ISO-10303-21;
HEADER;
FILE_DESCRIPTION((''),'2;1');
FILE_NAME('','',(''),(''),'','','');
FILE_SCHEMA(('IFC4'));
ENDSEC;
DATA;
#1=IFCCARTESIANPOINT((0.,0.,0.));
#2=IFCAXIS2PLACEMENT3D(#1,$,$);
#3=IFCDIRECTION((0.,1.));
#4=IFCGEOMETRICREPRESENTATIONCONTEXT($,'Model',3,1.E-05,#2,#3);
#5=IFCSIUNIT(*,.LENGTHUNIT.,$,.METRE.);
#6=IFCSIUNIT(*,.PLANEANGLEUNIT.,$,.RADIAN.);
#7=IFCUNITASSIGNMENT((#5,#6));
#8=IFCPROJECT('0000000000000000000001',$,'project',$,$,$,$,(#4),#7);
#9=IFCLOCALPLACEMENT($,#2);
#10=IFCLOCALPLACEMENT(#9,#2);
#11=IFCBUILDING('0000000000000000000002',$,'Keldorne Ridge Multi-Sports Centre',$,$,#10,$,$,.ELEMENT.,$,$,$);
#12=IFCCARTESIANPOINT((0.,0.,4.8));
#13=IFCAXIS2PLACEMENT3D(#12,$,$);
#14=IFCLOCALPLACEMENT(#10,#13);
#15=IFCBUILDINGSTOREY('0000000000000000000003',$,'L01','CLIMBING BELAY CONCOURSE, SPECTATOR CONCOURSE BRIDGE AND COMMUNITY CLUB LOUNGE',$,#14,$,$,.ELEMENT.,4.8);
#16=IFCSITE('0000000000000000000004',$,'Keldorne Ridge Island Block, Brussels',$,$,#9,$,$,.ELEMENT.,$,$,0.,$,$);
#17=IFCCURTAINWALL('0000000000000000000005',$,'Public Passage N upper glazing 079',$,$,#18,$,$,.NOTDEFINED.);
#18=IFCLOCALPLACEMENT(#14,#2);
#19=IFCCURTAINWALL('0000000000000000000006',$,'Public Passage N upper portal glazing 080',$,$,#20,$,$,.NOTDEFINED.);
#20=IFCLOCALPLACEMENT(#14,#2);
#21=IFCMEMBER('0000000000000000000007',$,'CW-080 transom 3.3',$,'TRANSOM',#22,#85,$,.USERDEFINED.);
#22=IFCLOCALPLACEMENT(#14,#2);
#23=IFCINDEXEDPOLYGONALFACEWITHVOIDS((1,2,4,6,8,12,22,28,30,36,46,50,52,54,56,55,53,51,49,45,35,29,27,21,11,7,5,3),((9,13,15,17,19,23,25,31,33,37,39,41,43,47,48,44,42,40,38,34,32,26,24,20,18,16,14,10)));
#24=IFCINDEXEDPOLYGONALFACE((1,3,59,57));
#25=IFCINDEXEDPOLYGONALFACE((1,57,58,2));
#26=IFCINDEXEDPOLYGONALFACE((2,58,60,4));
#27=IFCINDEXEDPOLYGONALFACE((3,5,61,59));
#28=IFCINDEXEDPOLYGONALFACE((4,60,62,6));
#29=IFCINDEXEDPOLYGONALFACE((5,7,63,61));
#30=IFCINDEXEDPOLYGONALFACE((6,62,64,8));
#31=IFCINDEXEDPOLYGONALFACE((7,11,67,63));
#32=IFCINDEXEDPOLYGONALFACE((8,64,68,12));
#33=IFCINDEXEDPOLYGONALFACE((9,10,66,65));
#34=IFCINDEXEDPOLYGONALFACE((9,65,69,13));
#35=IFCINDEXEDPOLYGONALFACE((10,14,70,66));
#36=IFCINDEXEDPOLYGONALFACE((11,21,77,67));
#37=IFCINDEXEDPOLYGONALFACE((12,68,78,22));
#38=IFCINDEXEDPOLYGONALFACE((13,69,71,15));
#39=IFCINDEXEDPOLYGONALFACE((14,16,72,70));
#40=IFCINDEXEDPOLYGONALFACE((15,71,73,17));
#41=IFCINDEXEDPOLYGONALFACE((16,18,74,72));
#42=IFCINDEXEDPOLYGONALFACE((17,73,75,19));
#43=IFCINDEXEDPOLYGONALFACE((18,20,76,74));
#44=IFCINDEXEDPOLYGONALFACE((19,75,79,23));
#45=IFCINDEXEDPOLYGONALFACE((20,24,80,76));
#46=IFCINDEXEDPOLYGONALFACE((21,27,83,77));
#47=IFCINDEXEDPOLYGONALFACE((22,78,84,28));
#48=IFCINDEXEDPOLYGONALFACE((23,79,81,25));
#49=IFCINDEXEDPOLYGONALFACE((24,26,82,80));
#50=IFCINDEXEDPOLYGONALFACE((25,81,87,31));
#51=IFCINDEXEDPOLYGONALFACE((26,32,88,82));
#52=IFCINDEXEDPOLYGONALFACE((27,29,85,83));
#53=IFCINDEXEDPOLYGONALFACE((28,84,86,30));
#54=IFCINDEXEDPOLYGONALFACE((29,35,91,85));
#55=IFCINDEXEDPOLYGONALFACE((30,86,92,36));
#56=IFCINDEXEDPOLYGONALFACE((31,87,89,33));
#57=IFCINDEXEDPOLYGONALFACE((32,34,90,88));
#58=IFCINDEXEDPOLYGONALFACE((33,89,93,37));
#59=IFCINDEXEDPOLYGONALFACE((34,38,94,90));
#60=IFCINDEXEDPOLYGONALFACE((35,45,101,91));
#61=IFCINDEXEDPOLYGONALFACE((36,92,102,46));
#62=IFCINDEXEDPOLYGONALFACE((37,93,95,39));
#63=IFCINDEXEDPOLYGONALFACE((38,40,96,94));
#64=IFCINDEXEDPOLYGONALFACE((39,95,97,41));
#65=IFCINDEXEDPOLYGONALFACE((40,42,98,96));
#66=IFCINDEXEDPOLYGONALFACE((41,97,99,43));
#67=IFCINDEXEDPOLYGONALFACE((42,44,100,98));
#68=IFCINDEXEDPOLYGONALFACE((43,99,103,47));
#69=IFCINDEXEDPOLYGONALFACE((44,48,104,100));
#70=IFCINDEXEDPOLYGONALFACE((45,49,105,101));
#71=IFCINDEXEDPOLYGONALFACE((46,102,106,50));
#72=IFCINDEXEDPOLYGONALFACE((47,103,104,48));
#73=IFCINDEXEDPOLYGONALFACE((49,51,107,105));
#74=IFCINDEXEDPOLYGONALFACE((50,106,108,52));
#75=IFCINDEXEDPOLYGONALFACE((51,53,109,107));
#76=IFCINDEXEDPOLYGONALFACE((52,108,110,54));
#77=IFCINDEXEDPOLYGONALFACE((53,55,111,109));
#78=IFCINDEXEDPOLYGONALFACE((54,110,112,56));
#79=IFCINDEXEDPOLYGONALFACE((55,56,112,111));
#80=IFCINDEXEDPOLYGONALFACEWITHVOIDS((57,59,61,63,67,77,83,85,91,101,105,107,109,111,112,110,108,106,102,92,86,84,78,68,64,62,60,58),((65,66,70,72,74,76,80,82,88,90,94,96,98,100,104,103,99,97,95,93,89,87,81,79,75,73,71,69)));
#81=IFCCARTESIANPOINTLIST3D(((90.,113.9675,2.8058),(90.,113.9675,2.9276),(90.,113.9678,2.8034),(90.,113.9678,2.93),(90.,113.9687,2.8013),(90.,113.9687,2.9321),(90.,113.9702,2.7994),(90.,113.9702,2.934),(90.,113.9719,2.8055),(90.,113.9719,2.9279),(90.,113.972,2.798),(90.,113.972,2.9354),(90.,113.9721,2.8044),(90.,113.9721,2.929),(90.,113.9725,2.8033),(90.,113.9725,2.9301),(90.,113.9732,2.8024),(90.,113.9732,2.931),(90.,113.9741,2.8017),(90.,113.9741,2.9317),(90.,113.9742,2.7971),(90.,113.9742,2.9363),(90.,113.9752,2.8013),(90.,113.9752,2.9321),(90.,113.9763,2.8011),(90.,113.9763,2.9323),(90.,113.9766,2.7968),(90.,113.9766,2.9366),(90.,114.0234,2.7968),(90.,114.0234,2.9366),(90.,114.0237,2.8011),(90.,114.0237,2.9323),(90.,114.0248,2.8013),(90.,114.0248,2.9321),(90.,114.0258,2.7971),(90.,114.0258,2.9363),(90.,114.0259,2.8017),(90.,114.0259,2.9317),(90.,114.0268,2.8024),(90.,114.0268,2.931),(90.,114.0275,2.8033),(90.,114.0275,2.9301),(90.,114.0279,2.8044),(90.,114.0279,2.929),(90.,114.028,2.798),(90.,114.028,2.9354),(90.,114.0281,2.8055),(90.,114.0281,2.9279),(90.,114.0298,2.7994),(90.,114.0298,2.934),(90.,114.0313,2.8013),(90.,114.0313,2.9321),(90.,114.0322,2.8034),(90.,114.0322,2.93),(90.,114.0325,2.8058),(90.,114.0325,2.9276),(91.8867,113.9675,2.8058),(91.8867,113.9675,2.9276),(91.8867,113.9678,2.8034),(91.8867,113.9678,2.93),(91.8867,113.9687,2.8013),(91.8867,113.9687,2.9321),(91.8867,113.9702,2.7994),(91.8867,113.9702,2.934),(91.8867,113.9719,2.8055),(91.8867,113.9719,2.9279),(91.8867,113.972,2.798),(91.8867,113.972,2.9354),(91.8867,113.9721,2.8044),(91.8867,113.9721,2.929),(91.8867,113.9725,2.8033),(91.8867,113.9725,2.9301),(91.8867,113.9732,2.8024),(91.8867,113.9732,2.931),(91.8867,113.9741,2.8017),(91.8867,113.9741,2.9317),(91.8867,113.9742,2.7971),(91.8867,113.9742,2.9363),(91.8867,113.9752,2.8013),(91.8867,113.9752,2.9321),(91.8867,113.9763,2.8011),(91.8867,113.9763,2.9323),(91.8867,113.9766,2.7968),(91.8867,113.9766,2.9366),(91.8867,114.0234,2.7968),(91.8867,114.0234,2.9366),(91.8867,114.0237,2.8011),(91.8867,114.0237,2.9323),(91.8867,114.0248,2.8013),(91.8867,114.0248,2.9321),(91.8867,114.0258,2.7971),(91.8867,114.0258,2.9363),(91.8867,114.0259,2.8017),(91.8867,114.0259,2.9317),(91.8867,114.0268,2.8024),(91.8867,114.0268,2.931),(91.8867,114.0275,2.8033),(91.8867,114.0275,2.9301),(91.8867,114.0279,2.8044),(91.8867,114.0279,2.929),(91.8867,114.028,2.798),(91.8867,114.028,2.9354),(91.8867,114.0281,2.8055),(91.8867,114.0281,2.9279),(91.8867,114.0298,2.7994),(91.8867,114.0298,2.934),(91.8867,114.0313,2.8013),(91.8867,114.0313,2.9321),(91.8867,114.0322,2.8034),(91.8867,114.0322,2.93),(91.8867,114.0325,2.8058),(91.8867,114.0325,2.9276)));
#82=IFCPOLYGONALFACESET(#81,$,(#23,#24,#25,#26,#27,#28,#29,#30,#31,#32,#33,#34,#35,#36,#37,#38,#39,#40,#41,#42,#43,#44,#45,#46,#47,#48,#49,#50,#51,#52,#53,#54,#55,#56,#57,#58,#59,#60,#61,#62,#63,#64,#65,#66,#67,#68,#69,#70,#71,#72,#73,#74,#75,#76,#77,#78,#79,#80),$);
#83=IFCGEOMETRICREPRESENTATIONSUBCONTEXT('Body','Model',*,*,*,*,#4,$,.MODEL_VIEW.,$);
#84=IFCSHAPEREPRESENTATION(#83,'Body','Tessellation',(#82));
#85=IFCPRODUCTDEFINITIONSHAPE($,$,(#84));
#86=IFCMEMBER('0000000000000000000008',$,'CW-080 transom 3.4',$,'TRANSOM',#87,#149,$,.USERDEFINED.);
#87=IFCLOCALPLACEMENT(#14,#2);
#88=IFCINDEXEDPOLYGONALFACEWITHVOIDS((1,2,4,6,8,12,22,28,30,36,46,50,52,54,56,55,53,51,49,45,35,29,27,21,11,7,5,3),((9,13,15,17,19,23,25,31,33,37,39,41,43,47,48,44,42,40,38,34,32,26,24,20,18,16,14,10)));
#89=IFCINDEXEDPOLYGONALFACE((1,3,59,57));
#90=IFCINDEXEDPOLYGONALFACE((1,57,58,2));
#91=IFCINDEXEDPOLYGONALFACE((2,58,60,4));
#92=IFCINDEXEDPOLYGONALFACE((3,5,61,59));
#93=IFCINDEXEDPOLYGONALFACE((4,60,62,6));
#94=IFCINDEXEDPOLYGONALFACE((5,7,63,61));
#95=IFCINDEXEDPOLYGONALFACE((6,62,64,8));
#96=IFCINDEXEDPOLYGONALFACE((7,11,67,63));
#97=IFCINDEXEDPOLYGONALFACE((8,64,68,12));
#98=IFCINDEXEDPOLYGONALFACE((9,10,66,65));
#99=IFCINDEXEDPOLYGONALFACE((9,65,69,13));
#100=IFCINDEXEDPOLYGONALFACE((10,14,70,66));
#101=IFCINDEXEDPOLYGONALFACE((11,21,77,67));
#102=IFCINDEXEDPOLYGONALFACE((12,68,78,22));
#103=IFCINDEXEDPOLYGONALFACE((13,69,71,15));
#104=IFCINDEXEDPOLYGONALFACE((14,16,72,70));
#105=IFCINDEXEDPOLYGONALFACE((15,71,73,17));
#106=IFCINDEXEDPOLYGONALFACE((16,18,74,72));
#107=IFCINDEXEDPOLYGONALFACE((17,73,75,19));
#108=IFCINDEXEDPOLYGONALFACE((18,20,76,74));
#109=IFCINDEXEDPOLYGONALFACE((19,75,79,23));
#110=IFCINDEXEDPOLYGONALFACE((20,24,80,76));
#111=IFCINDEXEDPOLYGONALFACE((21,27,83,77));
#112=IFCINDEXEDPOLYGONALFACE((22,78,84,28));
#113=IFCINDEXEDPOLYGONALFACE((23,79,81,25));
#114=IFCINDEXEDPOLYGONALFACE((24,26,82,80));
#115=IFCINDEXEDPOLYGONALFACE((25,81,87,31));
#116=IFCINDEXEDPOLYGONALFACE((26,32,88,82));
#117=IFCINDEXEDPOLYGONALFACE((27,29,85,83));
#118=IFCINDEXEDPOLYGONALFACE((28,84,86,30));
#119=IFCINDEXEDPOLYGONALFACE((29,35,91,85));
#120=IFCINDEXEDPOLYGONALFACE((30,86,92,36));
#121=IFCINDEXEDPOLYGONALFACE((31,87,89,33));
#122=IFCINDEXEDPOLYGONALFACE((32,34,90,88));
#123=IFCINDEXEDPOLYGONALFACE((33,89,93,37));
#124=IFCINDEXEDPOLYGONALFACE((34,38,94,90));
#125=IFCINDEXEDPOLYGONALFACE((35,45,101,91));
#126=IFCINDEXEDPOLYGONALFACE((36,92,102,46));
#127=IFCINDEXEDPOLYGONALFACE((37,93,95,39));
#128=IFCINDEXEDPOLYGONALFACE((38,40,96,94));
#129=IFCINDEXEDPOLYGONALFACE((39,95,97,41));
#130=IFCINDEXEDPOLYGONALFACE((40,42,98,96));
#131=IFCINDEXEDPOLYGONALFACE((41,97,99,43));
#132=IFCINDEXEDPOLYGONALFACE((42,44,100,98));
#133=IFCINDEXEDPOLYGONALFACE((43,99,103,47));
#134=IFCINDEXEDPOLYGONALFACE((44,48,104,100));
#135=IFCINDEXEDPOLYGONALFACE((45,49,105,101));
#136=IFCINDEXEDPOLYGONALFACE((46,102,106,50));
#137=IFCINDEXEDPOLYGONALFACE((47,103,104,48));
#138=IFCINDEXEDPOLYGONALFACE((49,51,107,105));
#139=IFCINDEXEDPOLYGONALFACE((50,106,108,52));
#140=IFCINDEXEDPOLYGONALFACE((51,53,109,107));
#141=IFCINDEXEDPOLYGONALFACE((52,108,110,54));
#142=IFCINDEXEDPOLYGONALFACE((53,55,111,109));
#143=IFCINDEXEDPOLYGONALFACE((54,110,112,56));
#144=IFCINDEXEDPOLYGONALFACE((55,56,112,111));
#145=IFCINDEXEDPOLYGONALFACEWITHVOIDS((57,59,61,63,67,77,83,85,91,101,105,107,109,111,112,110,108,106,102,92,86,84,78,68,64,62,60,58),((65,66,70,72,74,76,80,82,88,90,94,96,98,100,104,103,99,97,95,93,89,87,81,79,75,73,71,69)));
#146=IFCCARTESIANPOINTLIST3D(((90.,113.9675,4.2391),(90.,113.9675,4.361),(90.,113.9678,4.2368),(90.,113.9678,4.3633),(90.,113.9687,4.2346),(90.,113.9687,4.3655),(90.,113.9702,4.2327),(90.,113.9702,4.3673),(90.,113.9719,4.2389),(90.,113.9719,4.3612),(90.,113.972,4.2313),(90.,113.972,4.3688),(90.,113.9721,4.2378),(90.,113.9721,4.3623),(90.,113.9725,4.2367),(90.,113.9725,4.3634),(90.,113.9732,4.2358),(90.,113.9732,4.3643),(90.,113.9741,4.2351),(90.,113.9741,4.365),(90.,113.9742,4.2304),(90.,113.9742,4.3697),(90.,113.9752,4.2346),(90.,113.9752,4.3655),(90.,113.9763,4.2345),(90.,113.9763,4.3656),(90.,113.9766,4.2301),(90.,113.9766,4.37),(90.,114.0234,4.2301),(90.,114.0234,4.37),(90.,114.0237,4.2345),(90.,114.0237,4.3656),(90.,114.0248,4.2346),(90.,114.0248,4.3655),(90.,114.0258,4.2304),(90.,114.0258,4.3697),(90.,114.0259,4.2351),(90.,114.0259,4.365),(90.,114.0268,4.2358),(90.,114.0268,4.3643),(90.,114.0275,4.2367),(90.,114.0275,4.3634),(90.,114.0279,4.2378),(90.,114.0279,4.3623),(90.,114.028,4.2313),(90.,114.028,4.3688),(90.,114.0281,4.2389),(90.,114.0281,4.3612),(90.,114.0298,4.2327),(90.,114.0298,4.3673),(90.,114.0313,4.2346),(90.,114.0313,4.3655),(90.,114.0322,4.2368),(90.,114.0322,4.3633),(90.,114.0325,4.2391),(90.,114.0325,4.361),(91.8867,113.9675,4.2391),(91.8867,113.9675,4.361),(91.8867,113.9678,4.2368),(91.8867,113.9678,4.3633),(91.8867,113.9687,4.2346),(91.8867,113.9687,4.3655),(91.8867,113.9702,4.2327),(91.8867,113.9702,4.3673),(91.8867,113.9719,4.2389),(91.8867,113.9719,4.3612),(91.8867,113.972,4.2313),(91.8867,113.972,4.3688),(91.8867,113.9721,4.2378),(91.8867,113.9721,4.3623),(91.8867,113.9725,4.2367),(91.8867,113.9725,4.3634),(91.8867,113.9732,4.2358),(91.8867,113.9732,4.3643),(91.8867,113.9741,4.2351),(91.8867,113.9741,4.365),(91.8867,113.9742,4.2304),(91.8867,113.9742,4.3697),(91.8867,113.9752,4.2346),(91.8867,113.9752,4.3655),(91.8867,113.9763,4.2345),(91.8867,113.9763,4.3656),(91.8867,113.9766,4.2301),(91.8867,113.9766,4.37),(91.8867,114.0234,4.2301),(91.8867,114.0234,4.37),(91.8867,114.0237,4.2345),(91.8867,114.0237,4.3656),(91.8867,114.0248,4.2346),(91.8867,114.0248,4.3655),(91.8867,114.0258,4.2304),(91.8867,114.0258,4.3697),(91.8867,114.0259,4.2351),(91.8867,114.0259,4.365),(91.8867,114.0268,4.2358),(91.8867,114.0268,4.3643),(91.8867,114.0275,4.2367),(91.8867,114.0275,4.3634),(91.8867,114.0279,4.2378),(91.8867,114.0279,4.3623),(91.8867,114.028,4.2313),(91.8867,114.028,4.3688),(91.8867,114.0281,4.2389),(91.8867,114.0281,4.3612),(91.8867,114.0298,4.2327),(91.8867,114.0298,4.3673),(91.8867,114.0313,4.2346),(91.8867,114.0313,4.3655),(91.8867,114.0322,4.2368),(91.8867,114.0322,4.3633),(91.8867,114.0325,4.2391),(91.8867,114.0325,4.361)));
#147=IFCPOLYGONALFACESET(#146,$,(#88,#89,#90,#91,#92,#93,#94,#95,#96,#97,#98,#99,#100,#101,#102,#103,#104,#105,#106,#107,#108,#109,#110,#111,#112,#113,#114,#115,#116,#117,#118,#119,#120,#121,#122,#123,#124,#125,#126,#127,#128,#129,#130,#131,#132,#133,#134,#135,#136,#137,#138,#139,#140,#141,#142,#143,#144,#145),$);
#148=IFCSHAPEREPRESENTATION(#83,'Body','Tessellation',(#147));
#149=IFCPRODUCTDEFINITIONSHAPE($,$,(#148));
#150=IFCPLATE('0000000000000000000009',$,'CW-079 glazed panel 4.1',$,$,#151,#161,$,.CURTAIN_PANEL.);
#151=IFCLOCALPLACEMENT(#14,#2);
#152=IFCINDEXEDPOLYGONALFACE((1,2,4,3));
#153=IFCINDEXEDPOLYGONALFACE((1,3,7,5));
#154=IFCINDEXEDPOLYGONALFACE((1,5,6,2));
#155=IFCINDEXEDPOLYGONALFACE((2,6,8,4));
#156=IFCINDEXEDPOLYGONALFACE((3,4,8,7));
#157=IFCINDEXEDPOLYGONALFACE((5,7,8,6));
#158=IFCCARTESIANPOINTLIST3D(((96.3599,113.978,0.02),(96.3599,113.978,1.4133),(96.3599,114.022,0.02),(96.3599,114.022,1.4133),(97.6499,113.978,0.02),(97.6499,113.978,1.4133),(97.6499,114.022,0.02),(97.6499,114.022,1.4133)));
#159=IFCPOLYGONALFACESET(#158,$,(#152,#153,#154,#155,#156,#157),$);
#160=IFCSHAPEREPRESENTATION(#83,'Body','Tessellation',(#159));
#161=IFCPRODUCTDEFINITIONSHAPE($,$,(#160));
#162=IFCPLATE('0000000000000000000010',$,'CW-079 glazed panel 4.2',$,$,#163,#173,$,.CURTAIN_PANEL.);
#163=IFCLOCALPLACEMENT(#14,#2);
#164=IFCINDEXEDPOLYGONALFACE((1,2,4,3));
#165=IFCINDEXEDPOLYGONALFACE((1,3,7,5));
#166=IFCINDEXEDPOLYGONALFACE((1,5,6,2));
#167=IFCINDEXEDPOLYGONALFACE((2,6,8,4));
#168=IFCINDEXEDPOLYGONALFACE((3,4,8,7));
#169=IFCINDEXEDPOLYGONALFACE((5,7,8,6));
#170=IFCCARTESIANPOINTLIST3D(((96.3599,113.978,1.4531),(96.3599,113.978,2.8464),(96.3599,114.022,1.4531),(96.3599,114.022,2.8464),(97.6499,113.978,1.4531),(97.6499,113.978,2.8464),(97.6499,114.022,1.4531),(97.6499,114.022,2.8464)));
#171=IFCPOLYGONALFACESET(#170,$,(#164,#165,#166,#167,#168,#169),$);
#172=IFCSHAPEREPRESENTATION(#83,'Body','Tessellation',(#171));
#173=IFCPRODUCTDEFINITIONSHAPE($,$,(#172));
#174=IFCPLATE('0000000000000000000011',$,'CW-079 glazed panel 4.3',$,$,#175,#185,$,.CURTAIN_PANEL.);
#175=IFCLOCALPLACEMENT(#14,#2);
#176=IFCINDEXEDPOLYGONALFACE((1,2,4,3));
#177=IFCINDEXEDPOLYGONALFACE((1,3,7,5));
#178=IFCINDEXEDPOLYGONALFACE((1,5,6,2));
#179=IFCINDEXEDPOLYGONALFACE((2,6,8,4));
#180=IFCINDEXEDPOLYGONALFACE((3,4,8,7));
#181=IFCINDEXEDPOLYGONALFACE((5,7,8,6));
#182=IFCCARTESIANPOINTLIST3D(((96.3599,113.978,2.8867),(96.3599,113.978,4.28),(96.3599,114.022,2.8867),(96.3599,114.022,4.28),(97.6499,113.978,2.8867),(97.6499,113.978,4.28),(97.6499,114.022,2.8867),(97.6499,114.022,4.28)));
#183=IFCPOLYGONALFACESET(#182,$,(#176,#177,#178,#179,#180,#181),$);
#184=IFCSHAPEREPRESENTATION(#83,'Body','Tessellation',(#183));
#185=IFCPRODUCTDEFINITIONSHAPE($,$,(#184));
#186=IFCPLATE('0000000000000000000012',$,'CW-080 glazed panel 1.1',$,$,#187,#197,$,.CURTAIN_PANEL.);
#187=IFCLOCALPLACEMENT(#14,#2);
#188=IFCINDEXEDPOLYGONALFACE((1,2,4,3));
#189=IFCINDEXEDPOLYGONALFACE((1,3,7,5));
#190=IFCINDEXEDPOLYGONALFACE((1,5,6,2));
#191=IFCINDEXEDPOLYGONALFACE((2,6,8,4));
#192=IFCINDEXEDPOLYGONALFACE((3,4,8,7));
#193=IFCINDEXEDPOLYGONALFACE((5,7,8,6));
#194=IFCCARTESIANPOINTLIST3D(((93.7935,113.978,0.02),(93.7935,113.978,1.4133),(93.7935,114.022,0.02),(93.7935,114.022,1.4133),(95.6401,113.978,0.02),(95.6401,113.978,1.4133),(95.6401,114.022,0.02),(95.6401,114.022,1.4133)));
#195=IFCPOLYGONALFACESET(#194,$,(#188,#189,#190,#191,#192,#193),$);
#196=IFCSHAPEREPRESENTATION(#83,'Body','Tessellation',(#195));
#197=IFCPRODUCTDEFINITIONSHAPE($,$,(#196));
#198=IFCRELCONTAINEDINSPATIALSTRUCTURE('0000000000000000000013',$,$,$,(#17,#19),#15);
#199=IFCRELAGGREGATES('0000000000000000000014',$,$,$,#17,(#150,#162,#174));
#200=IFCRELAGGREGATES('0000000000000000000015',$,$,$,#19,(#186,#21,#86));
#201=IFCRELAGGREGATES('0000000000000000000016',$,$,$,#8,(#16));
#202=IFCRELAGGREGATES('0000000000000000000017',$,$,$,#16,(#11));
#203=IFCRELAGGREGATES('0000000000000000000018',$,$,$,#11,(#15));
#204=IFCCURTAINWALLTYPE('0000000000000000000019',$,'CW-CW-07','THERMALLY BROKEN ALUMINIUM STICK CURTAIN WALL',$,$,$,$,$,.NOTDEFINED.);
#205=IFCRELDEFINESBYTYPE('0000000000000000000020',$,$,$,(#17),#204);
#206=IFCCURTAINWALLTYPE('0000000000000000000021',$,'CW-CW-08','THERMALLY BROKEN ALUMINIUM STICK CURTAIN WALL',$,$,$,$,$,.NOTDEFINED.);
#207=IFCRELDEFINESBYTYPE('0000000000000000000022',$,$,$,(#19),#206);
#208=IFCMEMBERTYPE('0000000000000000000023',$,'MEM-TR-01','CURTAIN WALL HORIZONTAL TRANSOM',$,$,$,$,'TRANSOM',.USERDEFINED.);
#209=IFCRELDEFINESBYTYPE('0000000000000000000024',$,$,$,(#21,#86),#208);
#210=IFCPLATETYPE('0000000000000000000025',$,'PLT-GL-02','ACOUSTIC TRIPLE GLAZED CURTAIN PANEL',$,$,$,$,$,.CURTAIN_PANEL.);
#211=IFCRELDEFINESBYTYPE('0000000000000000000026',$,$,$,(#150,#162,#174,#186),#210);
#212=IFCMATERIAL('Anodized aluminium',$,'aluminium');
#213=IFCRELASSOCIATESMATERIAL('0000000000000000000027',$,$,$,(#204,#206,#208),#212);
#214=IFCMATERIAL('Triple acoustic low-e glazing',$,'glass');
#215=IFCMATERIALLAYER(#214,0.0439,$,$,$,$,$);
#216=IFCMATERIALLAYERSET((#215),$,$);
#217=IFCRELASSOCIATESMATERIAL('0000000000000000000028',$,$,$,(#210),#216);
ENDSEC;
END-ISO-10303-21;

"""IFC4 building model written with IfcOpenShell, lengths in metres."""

from ifc_helpers import new_model, si_unit, direction, frame, origin, origin_2d, place, context, subcontext, project, spatial, rectangle, hollow_rectangle, extrude, material, layer, layer_set, material_profile, profile_set, type_object, element, aggregate, save


model = new_model("IFC4")

# Units and contexts
model_context = context("Model", 3, precision=1e-05, world=origin(), true_north=direction((0.0, 1.0)))
body_context = subcontext(model_context, "Body", "Model", "MODEL_VIEW")
ifc_project = project(units=[si_unit("LENGTHUNIT", "METRE"), si_unit("PLANEANGLEUNIT", "RADIAN")], contexts=[model_context])

# Site, building, storey
site_placement = place(None, origin())
site = spatial("IfcSite", under=ifc_project, at=site_placement, Name="Keldorne Ridge Island Block, Brussels", CompositionType="ELEMENT", RefElevation=0.0)
building_placement = place(site_placement, origin())
building = spatial("IfcBuilding", under=site, at=building_placement, Name="Keldorne Ridge Multi-Sports Centre", CompositionType="ELEMENT")
storey_placement = place(building_placement, frame((0.0, 0.0, 4.8)))
storey = spatial("IfcBuildingStorey", under=building, at=storey_placement, Name="L01", Description="CLIMBING BELAY CONCOURSE, SPECTATOR CONCOURSE BRIDGE AND COMMUNITY CLUB LOUNGE", CompositionType="ELEMENT", Elevation=4.8)

# Curtain wall
ifc_material_1 = material(Name="Anodized aluminium", Category="aluminium")
curtain_wall_type_1 = type_object("IfcCurtainWallType", Name="CW-CW-07", Description="THERMALLY BROKEN ALUMINIUM STICK CURTAIN WALL", PredefinedType="NOTDEFINED", material=ifc_material_1)
curtain_wall_1_placement = place(storey_placement, origin())
curtain_wall_1 = element("IfcCurtainWall", 1, at=curtain_wall_1_placement, inside=storey, type_object=curtain_wall_type_1, Name="Public Passage N upper glazing 079", PredefinedType="NOTDEFINED")

# Curtain wall, members
curtain_wall_type_2 = type_object("IfcCurtainWallType", Name="CW-CW-08", Description="THERMALLY BROKEN ALUMINIUM STICK CURTAIN WALL", PredefinedType="NOTDEFINED", material=ifc_material_1)
curtain_wall_2_placement = place(storey_placement, origin())
curtain_wall_2 = element("IfcCurtainWall", 2, at=curtain_wall_2_placement, inside=storey, type_object=curtain_wall_type_2, Name="Public Passage N upper portal glazing 080", PredefinedType="NOTDEFINED")
ifc_material_profile_1 = material_profile(ifc_material_1, hollow_rectangle(XDim=0.0649, YDim=0.1399, WallThickness=0.0044, InnerFilletRadius=0.0044, OuterFilletRadius=0.009, at=origin_2d()), Name="ALU TRANSOM 140x65x4.5")
ifc_profile_set_1 = profile_set([ifc_material_profile_1], Name="Anodized aluminium")
member_type_1 = type_object("IfcMemberType", Name="MEM-TR-01", Description="CURTAIN WALL HORIZONTAL TRANSOM", ElementType="TRANSOM", PredefinedType="USERDEFINED", material=ifc_profile_set_1)
member_1_placement = place(storey_placement, frame((91.8867, 114.0, 2.8667), z_axis=(-1.0, 0.0, 0.0), x_axis=(0.0, -1.0, 0.0)))
member_1 = element("IfcMember", 3, at=member_1_placement, type_object=member_type_1, Name="CW-080 transom 3.3", ObjectType="TRANSOM", PredefinedType="USERDEFINED", context=body_context, shape_type="SweptSolid", body=[
    extrude(hollow_rectangle(XDim=0.0649, YDim=0.1399, WallThickness=0.0044, InnerFilletRadius=0.0044, OuterFilletRadius=0.009, at=origin_2d()), origin(), (0.0, 0.0, 1.0), 1.8867),
])
member_2_placement = place(storey_placement, frame((91.8867, 114.0, 4.3), z_axis=(-1.0, 0.0, 0.0), x_axis=(0.0, -1.0, 0.0)))
member_2 = element("IfcMember", 4, at=member_2_placement, type_object=member_type_1, Name="CW-080 transom 3.4", ObjectType="TRANSOM", PredefinedType="USERDEFINED", context=body_context, shape_type="SweptSolid", body=[
    extrude(hollow_rectangle(XDim=0.0649, YDim=0.1399, WallThickness=0.0044, InnerFilletRadius=0.0044, OuterFilletRadius=0.009, at=origin_2d()), origin(), (0.0, 0.0, 1.0), 1.8867),
])

# Plates
ifc_material_2 = material(Name="Triple acoustic low-e glazing", Category="glass")
ifc_layer = layer(ifc_material_2, 0.0439)
ifc_layer_set = layer_set([ifc_layer])
plate_type = type_object("IfcPlateType", Name="PLT-GL-02", Description="ACOUSTIC TRIPLE GLAZED CURTAIN PANEL", PredefinedType="CURTAIN_PANEL", material=ifc_layer_set)
plate_1_placement = place(storey_placement, frame((97.0049, 114.0, 0.02), z_axis=(0.0, 0.0, 1.0), x_axis=(-1.0, 0.0, 0.0)))
plate_1 = element("IfcPlate", 5, at=plate_1_placement, type_object=plate_type, Name="CW-079 glazed panel 4.1", PredefinedType="CURTAIN_PANEL", context=body_context, shape_type="SweptSolid", body=[
    extrude(rectangle(XDim=1.29, YDim=0.0439, at=origin_2d()), origin(), (0.0, 0.0, 1.0), 1.3933),
])
plate_2_placement = place(storey_placement, frame((97.0049, 114.0, 1.4531), z_axis=(0.0, 0.0, 1.0), x_axis=(-1.0, 0.0, 0.0)))
plate_2 = element("IfcPlate", 6, at=plate_2_placement, type_object=plate_type, Name="CW-079 glazed panel 4.2", PredefinedType="CURTAIN_PANEL", context=body_context, shape_type="SweptSolid", body=[
    extrude(rectangle(XDim=1.29, YDim=0.0439, at=origin_2d()), origin(), (0.0, 0.0, 1.0), 1.3933),
])
plate_3_placement = place(storey_placement, frame((97.0049, 114.0, 2.8867), z_axis=(0.0, 0.0, 1.0), x_axis=(-1.0, 0.0, 0.0)))
plate_3 = element("IfcPlate", 7, at=plate_3_placement, type_object=plate_type, Name="CW-079 glazed panel 4.3", PredefinedType="CURTAIN_PANEL", context=body_context, shape_type="SweptSolid", body=[
    extrude(rectangle(XDim=1.29, YDim=0.0439, at=origin_2d()), origin(), (0.0, 0.0, 1.0), 1.3933),
])
aggregate(curtain_wall_1, [plate_1, plate_2, plate_3])
plate_4_placement = place(storey_placement, frame((94.7168, 114.0, 0.02), z_axis=(0.0, 0.0, 1.0), x_axis=(-1.0, 0.0, 0.0)))
plate_4 = element("IfcPlate", 8, at=plate_4_placement, type_object=plate_type, Name="CW-080 glazed panel 1.1", PredefinedType="CURTAIN_PANEL", context=body_context, shape_type="SweptSolid", body=[
    extrude(rectangle(XDim=1.8467, YDim=0.0439, at=origin_2d()), origin(), (0.0, 0.0, 1.0), 1.3933),
])
aggregate(curtain_wall_2, [plate_4, member_1, member_2])

save(model, "model.ifc")
